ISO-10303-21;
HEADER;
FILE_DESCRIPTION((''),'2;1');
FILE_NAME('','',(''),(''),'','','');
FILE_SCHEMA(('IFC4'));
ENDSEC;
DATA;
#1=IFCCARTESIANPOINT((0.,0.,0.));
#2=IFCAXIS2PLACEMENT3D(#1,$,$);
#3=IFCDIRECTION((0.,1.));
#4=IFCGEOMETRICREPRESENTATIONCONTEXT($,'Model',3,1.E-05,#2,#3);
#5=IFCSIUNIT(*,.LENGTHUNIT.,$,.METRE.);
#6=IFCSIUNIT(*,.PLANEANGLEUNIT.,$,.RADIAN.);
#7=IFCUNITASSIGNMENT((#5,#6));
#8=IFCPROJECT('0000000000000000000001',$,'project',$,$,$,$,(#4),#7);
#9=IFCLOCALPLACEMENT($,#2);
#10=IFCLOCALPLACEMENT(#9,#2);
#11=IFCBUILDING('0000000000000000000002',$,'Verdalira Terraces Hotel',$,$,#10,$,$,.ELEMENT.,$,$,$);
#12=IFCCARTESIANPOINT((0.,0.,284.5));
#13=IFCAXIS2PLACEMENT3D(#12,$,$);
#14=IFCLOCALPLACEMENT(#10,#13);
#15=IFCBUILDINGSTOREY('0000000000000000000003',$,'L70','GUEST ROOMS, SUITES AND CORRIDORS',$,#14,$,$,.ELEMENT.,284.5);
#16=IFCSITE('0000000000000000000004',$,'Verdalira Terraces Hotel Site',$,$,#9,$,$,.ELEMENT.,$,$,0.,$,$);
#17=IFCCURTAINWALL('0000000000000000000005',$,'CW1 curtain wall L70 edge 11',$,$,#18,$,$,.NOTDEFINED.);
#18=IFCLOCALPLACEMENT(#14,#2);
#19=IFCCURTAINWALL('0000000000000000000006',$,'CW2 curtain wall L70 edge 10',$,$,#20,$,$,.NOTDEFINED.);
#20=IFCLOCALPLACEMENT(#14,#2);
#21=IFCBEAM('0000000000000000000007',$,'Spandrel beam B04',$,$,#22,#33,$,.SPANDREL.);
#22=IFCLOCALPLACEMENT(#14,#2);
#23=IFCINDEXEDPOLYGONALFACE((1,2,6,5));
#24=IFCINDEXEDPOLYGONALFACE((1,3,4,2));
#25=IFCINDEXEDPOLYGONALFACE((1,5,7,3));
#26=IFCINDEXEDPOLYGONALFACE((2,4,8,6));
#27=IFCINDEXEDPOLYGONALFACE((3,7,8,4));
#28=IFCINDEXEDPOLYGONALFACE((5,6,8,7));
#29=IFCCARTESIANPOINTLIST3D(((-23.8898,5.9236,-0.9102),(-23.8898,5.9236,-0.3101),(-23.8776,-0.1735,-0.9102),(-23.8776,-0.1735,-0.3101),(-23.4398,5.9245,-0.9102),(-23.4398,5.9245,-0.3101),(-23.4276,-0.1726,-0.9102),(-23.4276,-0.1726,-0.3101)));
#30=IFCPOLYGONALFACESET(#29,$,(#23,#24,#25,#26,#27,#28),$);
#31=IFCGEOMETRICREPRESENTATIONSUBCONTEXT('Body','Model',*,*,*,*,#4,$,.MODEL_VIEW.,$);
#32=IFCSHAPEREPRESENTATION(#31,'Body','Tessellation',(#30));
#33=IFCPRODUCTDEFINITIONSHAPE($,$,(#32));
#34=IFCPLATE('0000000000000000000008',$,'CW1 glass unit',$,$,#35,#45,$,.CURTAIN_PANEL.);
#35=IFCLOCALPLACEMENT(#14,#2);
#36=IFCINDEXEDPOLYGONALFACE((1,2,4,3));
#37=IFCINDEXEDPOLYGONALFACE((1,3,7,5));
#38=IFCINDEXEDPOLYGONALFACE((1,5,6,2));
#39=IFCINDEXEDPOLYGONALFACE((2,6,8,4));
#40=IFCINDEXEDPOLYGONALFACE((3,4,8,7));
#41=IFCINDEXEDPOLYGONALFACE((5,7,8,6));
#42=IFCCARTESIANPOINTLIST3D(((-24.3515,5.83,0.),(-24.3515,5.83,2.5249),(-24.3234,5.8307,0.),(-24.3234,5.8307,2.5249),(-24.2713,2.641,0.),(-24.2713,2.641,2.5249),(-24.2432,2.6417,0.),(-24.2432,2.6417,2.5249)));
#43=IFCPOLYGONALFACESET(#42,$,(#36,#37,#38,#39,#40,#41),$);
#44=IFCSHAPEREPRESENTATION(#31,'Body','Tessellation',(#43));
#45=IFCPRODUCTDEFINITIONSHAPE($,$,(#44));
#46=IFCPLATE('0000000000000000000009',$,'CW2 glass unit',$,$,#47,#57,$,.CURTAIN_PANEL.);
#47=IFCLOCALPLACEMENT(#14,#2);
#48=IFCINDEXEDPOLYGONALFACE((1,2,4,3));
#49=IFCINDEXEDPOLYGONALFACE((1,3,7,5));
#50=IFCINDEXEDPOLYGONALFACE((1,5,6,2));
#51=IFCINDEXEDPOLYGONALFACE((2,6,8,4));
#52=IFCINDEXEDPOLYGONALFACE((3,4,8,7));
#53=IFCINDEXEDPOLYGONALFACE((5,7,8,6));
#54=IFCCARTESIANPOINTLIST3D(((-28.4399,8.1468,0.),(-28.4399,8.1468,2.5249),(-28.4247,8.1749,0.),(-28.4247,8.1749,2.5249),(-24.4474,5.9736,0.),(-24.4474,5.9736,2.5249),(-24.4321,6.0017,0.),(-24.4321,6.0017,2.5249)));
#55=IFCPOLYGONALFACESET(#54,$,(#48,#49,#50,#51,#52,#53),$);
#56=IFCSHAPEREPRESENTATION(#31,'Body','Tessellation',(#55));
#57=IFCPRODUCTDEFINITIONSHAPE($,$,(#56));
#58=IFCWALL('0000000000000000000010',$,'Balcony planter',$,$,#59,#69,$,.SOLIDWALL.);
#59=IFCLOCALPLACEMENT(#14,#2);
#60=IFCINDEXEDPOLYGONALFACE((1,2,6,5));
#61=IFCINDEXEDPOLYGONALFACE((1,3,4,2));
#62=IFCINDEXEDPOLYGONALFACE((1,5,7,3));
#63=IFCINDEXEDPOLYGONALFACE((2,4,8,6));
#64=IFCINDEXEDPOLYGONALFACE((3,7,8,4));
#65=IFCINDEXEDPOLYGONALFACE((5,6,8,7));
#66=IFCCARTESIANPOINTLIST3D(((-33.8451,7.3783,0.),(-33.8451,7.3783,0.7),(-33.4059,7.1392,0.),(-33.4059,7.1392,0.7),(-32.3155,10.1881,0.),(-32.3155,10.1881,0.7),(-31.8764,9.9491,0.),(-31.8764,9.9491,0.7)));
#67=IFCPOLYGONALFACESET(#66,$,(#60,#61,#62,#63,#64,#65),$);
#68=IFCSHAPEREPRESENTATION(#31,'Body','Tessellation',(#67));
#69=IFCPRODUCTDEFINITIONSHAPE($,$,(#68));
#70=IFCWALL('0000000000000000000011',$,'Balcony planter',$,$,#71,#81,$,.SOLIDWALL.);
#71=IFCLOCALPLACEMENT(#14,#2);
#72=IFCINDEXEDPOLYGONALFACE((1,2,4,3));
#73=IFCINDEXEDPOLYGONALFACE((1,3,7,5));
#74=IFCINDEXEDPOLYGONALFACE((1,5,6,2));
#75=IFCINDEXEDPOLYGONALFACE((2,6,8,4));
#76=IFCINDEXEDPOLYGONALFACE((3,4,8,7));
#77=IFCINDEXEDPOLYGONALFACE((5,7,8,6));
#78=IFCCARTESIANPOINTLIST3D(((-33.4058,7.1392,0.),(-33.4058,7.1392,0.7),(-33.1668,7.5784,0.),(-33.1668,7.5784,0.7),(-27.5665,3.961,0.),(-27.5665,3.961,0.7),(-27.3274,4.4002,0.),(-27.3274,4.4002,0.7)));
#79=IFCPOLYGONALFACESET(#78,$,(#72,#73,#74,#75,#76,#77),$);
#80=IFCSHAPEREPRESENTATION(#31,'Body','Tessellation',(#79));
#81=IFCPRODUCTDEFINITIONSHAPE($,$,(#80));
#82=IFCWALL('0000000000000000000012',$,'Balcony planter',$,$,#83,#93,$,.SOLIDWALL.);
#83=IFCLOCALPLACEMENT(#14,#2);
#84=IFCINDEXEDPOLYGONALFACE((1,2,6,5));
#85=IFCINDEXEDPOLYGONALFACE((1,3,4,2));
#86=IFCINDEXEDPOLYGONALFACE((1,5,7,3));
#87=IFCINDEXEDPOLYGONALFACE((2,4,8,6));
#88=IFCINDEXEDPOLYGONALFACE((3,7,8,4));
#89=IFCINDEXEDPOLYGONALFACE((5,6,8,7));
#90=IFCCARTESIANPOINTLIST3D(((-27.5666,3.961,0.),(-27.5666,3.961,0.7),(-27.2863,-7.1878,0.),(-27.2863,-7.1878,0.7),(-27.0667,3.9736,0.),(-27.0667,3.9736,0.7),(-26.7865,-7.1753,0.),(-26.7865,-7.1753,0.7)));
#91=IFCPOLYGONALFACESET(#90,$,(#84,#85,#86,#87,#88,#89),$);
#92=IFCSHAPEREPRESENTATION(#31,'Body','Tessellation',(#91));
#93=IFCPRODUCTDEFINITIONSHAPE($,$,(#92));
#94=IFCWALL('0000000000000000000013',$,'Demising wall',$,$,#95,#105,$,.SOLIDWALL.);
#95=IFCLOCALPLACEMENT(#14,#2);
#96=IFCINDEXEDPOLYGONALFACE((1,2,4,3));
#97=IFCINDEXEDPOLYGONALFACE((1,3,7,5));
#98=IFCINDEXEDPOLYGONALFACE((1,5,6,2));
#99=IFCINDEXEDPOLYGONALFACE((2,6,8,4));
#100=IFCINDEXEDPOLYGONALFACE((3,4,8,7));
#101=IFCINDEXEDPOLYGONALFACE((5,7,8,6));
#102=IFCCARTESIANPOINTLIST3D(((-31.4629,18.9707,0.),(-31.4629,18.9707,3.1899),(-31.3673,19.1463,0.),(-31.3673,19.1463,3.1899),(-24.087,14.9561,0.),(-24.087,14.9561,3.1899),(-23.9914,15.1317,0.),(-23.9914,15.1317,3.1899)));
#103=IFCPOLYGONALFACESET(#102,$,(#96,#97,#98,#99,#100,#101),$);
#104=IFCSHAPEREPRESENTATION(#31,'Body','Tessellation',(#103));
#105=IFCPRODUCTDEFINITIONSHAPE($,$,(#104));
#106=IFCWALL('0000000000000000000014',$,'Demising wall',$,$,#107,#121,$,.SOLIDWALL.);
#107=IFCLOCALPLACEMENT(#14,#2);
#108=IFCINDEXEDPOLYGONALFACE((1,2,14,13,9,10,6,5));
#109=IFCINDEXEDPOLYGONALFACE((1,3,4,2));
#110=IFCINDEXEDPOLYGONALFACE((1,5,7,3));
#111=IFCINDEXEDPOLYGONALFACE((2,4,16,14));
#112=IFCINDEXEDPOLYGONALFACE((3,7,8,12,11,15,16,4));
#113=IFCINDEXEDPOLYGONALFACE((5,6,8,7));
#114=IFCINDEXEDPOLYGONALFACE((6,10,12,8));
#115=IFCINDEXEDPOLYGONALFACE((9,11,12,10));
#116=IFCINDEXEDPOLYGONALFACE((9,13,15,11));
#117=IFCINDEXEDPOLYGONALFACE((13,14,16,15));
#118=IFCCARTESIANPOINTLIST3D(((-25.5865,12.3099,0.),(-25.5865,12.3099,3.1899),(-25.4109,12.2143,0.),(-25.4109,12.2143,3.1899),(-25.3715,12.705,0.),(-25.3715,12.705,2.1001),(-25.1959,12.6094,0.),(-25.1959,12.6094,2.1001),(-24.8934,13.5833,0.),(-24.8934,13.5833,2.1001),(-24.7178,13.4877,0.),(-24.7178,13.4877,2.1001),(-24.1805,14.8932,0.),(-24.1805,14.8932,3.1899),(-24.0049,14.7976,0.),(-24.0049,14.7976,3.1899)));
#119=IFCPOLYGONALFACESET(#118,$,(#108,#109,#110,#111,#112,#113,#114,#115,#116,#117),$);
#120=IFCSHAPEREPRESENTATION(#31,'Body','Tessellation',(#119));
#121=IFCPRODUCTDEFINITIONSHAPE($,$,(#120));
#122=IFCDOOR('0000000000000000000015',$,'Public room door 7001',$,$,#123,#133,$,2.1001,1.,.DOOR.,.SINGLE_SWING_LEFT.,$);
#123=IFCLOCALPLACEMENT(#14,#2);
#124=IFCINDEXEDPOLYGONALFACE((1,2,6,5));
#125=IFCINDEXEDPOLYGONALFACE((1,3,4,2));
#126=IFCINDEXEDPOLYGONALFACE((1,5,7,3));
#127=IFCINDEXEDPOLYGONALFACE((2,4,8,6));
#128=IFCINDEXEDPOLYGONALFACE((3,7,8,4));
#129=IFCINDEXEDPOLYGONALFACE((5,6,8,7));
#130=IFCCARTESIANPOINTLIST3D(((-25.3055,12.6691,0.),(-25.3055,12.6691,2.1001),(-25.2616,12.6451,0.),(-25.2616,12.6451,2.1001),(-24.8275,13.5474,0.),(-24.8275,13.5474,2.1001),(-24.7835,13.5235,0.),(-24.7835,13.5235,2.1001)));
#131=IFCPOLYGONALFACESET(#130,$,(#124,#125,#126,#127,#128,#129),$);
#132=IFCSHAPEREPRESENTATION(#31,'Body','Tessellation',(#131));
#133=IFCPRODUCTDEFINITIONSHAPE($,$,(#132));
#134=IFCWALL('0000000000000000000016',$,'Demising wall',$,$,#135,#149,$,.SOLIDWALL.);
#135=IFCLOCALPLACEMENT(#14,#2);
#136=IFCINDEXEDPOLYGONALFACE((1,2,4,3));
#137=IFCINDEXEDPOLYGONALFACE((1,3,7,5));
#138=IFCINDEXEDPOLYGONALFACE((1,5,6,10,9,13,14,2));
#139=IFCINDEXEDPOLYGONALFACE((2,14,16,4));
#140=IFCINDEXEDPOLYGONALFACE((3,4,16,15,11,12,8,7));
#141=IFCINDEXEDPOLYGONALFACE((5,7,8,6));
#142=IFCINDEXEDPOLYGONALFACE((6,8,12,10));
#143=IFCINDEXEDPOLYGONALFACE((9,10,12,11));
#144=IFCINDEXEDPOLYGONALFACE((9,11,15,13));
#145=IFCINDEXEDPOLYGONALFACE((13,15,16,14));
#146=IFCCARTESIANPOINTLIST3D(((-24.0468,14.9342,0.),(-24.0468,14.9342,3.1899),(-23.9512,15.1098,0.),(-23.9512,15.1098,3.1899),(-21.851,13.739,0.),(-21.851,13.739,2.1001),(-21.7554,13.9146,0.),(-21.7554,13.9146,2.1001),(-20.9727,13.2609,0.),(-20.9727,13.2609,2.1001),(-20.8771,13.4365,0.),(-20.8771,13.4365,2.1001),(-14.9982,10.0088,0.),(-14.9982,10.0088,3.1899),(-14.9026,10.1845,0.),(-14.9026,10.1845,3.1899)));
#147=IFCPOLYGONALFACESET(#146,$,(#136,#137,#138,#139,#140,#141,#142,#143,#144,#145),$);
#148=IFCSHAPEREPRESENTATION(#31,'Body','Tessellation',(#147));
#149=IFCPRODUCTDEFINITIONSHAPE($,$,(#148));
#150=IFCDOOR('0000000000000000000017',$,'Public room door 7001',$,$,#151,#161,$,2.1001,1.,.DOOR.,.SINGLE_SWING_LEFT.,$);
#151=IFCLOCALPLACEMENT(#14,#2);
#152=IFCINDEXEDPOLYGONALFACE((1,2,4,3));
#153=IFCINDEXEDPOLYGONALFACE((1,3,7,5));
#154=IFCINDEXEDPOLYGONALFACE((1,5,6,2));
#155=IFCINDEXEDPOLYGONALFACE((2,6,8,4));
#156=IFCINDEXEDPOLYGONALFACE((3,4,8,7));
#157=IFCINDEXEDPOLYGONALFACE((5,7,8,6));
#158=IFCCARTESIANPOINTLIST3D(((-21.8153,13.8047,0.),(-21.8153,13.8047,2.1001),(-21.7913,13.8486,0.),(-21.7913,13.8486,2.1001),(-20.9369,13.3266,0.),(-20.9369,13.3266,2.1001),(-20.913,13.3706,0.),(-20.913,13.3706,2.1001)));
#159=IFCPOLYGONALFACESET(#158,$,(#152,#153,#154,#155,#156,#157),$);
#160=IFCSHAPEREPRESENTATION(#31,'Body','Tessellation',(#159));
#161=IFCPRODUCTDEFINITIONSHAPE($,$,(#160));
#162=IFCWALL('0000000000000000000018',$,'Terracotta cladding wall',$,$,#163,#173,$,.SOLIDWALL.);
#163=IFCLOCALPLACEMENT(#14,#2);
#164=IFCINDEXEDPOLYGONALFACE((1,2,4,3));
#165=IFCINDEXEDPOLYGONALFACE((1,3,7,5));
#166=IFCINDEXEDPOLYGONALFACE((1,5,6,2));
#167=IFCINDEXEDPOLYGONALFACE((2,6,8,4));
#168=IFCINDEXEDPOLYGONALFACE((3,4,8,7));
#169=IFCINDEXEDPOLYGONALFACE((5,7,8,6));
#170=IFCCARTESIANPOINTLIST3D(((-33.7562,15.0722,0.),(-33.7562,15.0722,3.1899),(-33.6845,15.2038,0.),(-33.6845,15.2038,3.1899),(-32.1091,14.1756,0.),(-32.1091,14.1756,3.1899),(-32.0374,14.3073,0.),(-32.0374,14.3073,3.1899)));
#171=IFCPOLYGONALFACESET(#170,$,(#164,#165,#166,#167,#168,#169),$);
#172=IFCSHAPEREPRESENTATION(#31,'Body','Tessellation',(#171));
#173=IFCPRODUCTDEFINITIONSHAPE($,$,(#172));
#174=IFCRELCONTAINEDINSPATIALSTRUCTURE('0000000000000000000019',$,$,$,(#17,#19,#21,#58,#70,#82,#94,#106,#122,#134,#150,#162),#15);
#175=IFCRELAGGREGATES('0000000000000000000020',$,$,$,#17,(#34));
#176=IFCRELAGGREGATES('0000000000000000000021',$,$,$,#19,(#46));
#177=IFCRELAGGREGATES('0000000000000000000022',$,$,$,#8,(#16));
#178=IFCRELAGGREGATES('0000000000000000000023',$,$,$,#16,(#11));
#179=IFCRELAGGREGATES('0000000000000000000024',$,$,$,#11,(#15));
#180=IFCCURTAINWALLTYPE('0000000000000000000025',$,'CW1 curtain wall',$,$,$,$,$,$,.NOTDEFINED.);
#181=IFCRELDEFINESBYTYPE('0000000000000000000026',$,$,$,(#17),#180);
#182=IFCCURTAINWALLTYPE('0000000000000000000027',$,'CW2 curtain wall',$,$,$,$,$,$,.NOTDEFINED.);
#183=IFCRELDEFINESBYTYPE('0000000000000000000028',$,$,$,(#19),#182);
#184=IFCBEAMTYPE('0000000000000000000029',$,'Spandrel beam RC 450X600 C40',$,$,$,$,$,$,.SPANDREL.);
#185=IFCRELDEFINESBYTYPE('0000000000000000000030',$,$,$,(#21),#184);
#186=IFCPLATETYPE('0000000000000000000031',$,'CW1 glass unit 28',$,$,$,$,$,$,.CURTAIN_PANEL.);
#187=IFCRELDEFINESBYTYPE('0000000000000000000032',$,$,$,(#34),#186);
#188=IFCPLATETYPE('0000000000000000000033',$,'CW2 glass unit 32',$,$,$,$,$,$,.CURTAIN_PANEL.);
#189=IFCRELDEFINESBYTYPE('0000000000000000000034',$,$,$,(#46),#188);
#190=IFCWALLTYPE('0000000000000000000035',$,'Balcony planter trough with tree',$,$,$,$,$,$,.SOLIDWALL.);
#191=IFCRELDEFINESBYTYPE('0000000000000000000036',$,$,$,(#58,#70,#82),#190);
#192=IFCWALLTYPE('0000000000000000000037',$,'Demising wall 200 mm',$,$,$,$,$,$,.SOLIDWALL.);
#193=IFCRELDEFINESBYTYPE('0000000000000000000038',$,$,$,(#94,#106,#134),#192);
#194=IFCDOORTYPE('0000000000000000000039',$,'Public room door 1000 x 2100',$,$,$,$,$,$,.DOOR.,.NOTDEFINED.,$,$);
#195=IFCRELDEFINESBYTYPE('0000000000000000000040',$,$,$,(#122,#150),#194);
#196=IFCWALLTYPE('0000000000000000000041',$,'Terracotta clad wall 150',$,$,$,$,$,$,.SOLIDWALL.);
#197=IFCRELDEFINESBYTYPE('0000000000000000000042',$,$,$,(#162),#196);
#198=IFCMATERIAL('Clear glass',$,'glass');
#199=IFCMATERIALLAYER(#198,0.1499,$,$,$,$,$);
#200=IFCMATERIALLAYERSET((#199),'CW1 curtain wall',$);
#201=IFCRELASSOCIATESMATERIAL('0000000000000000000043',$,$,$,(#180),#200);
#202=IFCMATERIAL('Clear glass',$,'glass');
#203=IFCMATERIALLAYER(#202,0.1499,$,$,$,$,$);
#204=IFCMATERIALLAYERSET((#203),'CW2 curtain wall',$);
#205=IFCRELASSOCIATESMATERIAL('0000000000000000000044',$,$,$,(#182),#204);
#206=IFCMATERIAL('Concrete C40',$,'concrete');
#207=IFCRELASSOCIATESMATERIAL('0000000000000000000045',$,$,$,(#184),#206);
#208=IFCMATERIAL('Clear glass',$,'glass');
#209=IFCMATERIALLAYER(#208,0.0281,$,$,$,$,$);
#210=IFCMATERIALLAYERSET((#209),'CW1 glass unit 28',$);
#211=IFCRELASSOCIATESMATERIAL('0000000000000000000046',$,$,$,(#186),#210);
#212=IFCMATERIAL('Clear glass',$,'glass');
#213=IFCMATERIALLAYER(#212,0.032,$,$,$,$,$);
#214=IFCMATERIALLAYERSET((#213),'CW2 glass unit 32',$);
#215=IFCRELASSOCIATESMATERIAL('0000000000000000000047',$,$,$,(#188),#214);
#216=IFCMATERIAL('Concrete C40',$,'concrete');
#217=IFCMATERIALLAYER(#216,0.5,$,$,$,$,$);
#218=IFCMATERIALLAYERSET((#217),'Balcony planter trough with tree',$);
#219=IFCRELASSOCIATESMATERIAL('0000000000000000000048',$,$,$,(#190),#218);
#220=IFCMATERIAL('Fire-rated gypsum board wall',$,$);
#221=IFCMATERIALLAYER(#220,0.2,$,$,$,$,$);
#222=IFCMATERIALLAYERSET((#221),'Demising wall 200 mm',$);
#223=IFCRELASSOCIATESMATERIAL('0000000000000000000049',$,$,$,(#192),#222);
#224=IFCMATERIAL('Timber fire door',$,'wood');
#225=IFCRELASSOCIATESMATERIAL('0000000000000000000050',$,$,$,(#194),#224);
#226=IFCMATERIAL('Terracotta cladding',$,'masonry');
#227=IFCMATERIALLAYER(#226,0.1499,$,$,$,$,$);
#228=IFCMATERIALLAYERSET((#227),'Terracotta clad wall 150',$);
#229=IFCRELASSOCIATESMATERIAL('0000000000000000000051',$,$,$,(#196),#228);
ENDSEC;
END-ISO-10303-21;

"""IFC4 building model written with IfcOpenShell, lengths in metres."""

from ifc_helpers import new_model, si_unit, direction, frame, frame_2d, origin, origin_2d, place, context, subcontext, project, spatial, rectangle, extrude, material, layer, layer_set, material_profile, profile_set, type_object, element, fill, aggregate, save


model = new_model("IFC4")

# Units and contexts
model_context = context("Model", 3, precision=1e-05, world=origin(), true_north=direction((0.0, 1.0)))
body_context = subcontext(model_context, "Body", "Model", "MODEL_VIEW")
ifc_project = project(units=[si_unit("LENGTHUNIT", "METRE"), si_unit("PLANEANGLEUNIT", "RADIAN")], contexts=[model_context])

# Site, building, storey
site_placement = place(None, origin())
site = spatial("IfcSite", under=ifc_project, at=site_placement, Name="Verdalira Terraces Hotel Site", CompositionType="ELEMENT", RefElevation=0.0)
building_placement = place(site_placement, origin())
building = spatial("IfcBuilding", under=site, at=building_placement, Name="Verdalira Terraces Hotel", CompositionType="ELEMENT")
storey_placement = place(building_placement, frame((0.0, 0.0, 284.5)))
storey = spatial("IfcBuildingStorey", under=building, at=storey_placement, Name="L70", Description="GUEST ROOMS, SUITES AND CORRIDORS", CompositionType="ELEMENT", Elevation=284.5)

# Curtain walls
ifc_material_1 = material(Name="Clear glass", Category="glass")
ifc_layer_1 = layer(ifc_material_1, 0.1499)
ifc_layer_set_1 = layer_set([ifc_layer_1], Name="CW1 curtain wall")
curtain_wall_type_1 = type_object("IfcCurtainWallType", Name="CW1 curtain wall", PredefinedType="NOTDEFINED", material=ifc_layer_set_1)
curtain_wall_1_placement = place(storey_placement, origin())
curtain_wall_1 = element("IfcCurtainWall", 1, at=curtain_wall_1_placement, inside=storey, type_object=curtain_wall_type_1, Name="CW1 curtain wall L70 edge 11", PredefinedType="NOTDEFINED")
ifc_material_2 = material(Name="Clear glass", Category="glass")
ifc_layer_2 = layer(ifc_material_2, 0.1499)
ifc_layer_set_2 = layer_set([ifc_layer_2], Name="CW2 curtain wall")
curtain_wall_type_2 = type_object("IfcCurtainWallType", Name="CW2 curtain wall", PredefinedType="NOTDEFINED", material=ifc_layer_set_2)
curtain_wall_2_placement = place(storey_placement, origin())
curtain_wall_2 = element("IfcCurtainWall", 2, at=curtain_wall_2_placement, inside=storey, type_object=curtain_wall_type_2, Name="CW2 curtain wall L70 edge 10", PredefinedType="NOTDEFINED")

# Beam
ifc_material_3 = material(Name="Concrete C40", Category="concrete")
ifc_material_profile_1 = material_profile(ifc_material_3, rectangle(XDim=0.45, YDim=0.6001, at=origin_2d()), Name="RC 450X600")
ifc_profile_set_1 = profile_set([ifc_material_profile_1], Name="Concrete C40")
beam_type_1 = type_object("IfcBeamType", Name="Spandrel beam RC 450X600 C40", PredefinedType="SPANDREL", material=ifc_profile_set_1)
beam_1_placement = place(storey_placement, frame((-23.6648, 5.9241, -0.6101), z_axis=(0.002002, -0.999998, 0.0), x_axis=(0.999998, 0.002002, 0.0)))
element("IfcBeam", 3, at=beam_1_placement, inside=storey, type_object=beam_type_1, Name="Spandrel beam B04", PredefinedType="SPANDREL", context=body_context, shape_type="SweptSolid", body=[
    extrude(rectangle(XDim=0.45, YDim=0.6001, at=origin_2d()), origin(), (0.0, 0.0, 1.0), 6.0972),
])

# Plates
ifc_material_4 = material(Name="Clear glass", Category="glass")
ifc_layer_3 = layer(ifc_material_4, 0.0281)
ifc_layer_set_3 = layer_set([ifc_layer_3], Name="CW1 glass unit 28")
plate_type_1 = type_object("IfcPlateType", Name="CW1 glass unit 28", PredefinedType="CURTAIN_PANEL", material=ifc_layer_set_3)
plate_1_placement = place(storey_placement, frame((-24.2974, 4.2358, 0.0), z_axis=(0.0, 0.0, 1.0), x_axis=(0.02513, -0.999684, 0.0)))
plate_1 = element("IfcPlate", 4, at=plate_1_placement, type_object=plate_type_1, Name="CW1 glass unit", PredefinedType="CURTAIN_PANEL", context=body_context, shape_type="SweptSolid", body=[
    extrude(rectangle(XDim=3.1899, YDim=0.0281, at=origin_2d()), origin(), (0.0, 0.0, 1.0), 2.5249),
])
aggregate(curtain_wall_1, [plate_1])
ifc_material_5 = material(Name="Clear glass", Category="glass")
ifc_layer_4 = layer(ifc_material_5, 0.032)
ifc_layer_set_4 = layer_set([ifc_layer_4], Name="CW2 glass unit 32")
plate_type_2 = type_object("IfcPlateType", Name="CW2 glass unit 32", PredefinedType="CURTAIN_PANEL", material=ifc_layer_set_4)
plate_2_placement = place(storey_placement, frame((-26.436, 7.0742, 0.0), z_axis=(0.0, 0.0, 1.0), x_axis=(0.878317, -0.478079, 0.0)))
plate_2 = element("IfcPlate", 5, at=plate_2_placement, type_object=plate_type_2, Name="CW2 glass unit", PredefinedType="CURTAIN_PANEL", context=body_context, shape_type="SweptSolid", body=[
    extrude(rectangle(XDim=4.5457, YDim=0.032, at=origin_2d()), origin(), (0.0, 0.0, 1.0), 2.5249),
])
aggregate(curtain_wall_2, [plate_2])

# Walls
ifc_material_6 = material(Name="Concrete C40", Category="concrete")
ifc_layer_5 = layer(ifc_material_6, 0.5)
ifc_layer_set_5 = layer_set([ifc_layer_5], Name="Balcony planter trough with tree")
wall_type_1 = type_object("IfcWallType", Name="Balcony planter trough with tree", PredefinedType="SOLIDWALL", material=ifc_layer_set_5)
wall_1_placement = place(storey_placement, frame((-32.0959, 10.0686, 0.0), z_axis=(0.0, 0.0, 1.0), x_axis=(-0.478109, -0.878301, 0.0)))
element("IfcWall", 6, at=wall_1_placement, inside=storey, type_object=wall_type_1, Name="Balcony planter", PredefinedType="SOLIDWALL", context=body_context, shape_type="SweptSolid", body=[
    extrude(rectangle(XDim=3.1992, YDim=0.5, at=frame_2d((1.5996, 0.0))), origin(), (0.0, 0.0, 1.0), 0.7),
])
wall_2_placement = place(storey_placement, frame((-33.2864, 7.3589, 0.0), z_axis=(0.0, 0.0, 1.0), x_axis=(0.87833, -0.478054, 0.0)))
element("IfcWall", 7, at=wall_2_placement, inside=storey, type_object=wall_type_1, Name="Balcony planter", PredefinedType="SOLIDWALL", context=body_context, shape_type="SweptSolid", body=[
    extrude(rectangle(XDim=6.6482, YDim=0.5, at=frame_2d((3.3242, 0.0))), origin(), (0.0, 0.0, 1.0), 0.7),
])
wall_3_placement = place(storey_placement, frame((-27.3166, 3.9673, 0.0), z_axis=(0.0, 0.0, 1.0), x_axis=(0.025131, -0.999684, 0.0)))
element("IfcWall", 8, at=wall_3_placement, inside=storey, type_object=wall_type_1, Name="Balcony planter", PredefinedType="SOLIDWALL", context=body_context, shape_type="SweptSolid", body=[
    extrude(rectangle(XDim=11.1523, YDim=0.5, at=frame_2d((5.5762, 0.0))), origin(), (0.0, 0.0, 1.0), 0.7),
])
ifc_material_7 = material(Name="Fire-rated gypsum board wall")
ifc_layer_6 = layer(ifc_material_7, 0.2)
ifc_layer_set_6 = layer_set([ifc_layer_6], Name="Demising wall 200 mm")
wall_type_2 = type_object("IfcWallType", Name="Demising wall 200 mm", PredefinedType="SOLIDWALL", material=ifc_layer_set_6)
wall_4_placement = place(storey_placement, frame((-24.0393, 15.0439, 0.0), z_axis=(0.0, 0.0, 1.0), x_axis=(-0.878326, 0.478062, 0.0)))
element("IfcWall", 9, at=wall_4_placement, inside=storey, type_object=wall_type_2, Name="Demising wall", PredefinedType="SOLIDWALL", context=body_context, shape_type="SweptSolid", body=[
    extrude(rectangle(XDim=8.3977, YDim=0.2, at=frame_2d((4.1987, 0.0))), origin(), (0.0, 0.0, 1.0), 3.1899),
])

# Walls, openings, doors
wall_5_placement = place(storey_placement, frame((-25.4988, 12.262, 0.0), z_axis=(0.0, 0.0, 1.0), x_axis=(0.478055, 0.87833, 0.0)))
wall_5 = element("IfcWall", 10, at=wall_5_placement, inside=storey, type_object=wall_type_2, Name="Demising wall", PredefinedType="SOLIDWALL", context=body_context, shape_type="SweptSolid", body=[
    extrude(rectangle(XDim=2.9412, YDim=0.2, at=frame_2d((1.4707, 0.0))), origin(), (0.0, 0.0, 1.0), 3.1899),
])
opening_1_placement = place(wall_5_placement, frame((0.45, 0.0, 0.0)))
opening_1 = element("IfcOpeningElement", 11, at=opening_1_placement, cuts=wall_5, PredefinedType="OPENING", context=body_context, shape_type="SweptSolid", body=[
    extrude(rectangle(XDim=1.0, YDim=2.1001, at=frame_2d((0.5, 1.05))), frame((0.0, 0.1099, 0.0), z_axis=(0.0, -1.0, 0.0), x_axis=(1.0, 0.0, 0.0)), (0.0, 0.0, 1.0), 0.22),
])
ifc_material_8 = material(Name="Timber fire door", Category="wood")
door_type_1 = type_object("IfcDoorType", Name="Public room door 1000 x 2100", OperationType="NOTDEFINED", PredefinedType="DOOR", material=ifc_material_8)
door_1_placement = place(opening_1_placement, origin())
door_1 = element("IfcDoor", 12, at=door_1_placement, inside=storey, type_object=door_type_1, Name="Public room door 7001", OperationType="SINGLE_SWING_LEFT", OverallHeight=2.1001, OverallWidth=1.0, PredefinedType="DOOR", context=body_context, shape_type="SweptSolid", body=[
    extrude(rectangle(XDim=1.0, YDim=2.1001, at=frame_2d((0.5, 1.05))), frame((0.0, 0.0249, 0.0), z_axis=(0.0, -1.0, 0.0), x_axis=(1.0, 0.0, 0.0)), (0.0, 0.0, 1.0), 0.05),
])
fill(opening_1, door_1)
wall_6_placement = place(storey_placement, frame((-23.999, 15.022, 0.0), z_axis=(0.0, 0.0, 1.0), x_axis=(0.878315, -0.478082, 0.0)))
wall_6 = element("IfcWall", 13, at=wall_6_placement, inside=storey, type_object=wall_type_2, Name="Demising wall", PredefinedType="SOLIDWALL", context=body_context, shape_type="SweptSolid", body=[
    extrude(rectangle(XDim=10.3022, YDim=0.2, at=frame_2d((5.1511, 0.0))), origin(), (0.0, 0.0, 1.0), 3.1899),
])
opening_2_placement = place(wall_6_placement, frame((2.5, 0.0, 0.0)))
opening_2 = element("IfcOpeningElement", 14, at=opening_2_placement, cuts=wall_6, PredefinedType="OPENING", context=body_context, shape_type="SweptSolid", body=[
    extrude(rectangle(XDim=1.0, YDim=2.1001, at=frame_2d((0.5, 1.05))), frame((0.0, 0.1099, 0.0), z_axis=(0.0, -1.0, 0.0), x_axis=(1.0, 0.0, 0.0)), (0.0, 0.0, 1.0), 0.22),
])
door_2_placement = place(opening_2_placement, origin())
door_2 = element("IfcDoor", 15, at=door_2_placement, inside=storey, type_object=door_type_1, Name="Public room door 7001", OperationType="SINGLE_SWING_LEFT", OverallHeight=2.1001, OverallWidth=1.0, PredefinedType="DOOR", context=body_context, shape_type="SweptSolid", body=[
    extrude(rectangle(XDim=1.0, YDim=2.1001, at=frame_2d((0.5, 1.05))), frame((0.0, 0.0249, 0.0), z_axis=(0.0, -1.0, 0.0), x_axis=(1.0, 0.0, 0.0)), (0.0, 0.0, 1.0), 0.05),
])
fill(opening_2, door_2)

# Wall
ifc_material_9 = material(Name="Terracotta cladding", Category="masonry")
ifc_layer_7 = layer(ifc_material_9, 0.1499)
ifc_layer_set_7 = layer_set([ifc_layer_7], Name="Terracotta clad wall 150")
wall_type_3 = type_object("IfcWallType", Name="Terracotta clad wall 150", PredefinedType="SOLIDWALL", material=ifc_layer_set_7)
wall_7_placement = place(storey_placement, frame((-33.7202, 15.1379, 0.0), z_axis=(0.0, 0.0, 1.0), x_axis=(0.878313, -0.478086, 0.0)))
element("IfcWall", 16, at=wall_7_placement, inside=storey, type_object=wall_type_3, Name="Terracotta cladding wall", PredefinedType="SOLIDWALL", context=body_context, shape_type="SweptSolid", body=[
    extrude(rectangle(XDim=1.8752, YDim=0.1499, at=frame_2d((0.9375, 0.0))), origin(), (0.0, 0.0, 1.0), 3.1899),
])

save(model, "model.ifc")
